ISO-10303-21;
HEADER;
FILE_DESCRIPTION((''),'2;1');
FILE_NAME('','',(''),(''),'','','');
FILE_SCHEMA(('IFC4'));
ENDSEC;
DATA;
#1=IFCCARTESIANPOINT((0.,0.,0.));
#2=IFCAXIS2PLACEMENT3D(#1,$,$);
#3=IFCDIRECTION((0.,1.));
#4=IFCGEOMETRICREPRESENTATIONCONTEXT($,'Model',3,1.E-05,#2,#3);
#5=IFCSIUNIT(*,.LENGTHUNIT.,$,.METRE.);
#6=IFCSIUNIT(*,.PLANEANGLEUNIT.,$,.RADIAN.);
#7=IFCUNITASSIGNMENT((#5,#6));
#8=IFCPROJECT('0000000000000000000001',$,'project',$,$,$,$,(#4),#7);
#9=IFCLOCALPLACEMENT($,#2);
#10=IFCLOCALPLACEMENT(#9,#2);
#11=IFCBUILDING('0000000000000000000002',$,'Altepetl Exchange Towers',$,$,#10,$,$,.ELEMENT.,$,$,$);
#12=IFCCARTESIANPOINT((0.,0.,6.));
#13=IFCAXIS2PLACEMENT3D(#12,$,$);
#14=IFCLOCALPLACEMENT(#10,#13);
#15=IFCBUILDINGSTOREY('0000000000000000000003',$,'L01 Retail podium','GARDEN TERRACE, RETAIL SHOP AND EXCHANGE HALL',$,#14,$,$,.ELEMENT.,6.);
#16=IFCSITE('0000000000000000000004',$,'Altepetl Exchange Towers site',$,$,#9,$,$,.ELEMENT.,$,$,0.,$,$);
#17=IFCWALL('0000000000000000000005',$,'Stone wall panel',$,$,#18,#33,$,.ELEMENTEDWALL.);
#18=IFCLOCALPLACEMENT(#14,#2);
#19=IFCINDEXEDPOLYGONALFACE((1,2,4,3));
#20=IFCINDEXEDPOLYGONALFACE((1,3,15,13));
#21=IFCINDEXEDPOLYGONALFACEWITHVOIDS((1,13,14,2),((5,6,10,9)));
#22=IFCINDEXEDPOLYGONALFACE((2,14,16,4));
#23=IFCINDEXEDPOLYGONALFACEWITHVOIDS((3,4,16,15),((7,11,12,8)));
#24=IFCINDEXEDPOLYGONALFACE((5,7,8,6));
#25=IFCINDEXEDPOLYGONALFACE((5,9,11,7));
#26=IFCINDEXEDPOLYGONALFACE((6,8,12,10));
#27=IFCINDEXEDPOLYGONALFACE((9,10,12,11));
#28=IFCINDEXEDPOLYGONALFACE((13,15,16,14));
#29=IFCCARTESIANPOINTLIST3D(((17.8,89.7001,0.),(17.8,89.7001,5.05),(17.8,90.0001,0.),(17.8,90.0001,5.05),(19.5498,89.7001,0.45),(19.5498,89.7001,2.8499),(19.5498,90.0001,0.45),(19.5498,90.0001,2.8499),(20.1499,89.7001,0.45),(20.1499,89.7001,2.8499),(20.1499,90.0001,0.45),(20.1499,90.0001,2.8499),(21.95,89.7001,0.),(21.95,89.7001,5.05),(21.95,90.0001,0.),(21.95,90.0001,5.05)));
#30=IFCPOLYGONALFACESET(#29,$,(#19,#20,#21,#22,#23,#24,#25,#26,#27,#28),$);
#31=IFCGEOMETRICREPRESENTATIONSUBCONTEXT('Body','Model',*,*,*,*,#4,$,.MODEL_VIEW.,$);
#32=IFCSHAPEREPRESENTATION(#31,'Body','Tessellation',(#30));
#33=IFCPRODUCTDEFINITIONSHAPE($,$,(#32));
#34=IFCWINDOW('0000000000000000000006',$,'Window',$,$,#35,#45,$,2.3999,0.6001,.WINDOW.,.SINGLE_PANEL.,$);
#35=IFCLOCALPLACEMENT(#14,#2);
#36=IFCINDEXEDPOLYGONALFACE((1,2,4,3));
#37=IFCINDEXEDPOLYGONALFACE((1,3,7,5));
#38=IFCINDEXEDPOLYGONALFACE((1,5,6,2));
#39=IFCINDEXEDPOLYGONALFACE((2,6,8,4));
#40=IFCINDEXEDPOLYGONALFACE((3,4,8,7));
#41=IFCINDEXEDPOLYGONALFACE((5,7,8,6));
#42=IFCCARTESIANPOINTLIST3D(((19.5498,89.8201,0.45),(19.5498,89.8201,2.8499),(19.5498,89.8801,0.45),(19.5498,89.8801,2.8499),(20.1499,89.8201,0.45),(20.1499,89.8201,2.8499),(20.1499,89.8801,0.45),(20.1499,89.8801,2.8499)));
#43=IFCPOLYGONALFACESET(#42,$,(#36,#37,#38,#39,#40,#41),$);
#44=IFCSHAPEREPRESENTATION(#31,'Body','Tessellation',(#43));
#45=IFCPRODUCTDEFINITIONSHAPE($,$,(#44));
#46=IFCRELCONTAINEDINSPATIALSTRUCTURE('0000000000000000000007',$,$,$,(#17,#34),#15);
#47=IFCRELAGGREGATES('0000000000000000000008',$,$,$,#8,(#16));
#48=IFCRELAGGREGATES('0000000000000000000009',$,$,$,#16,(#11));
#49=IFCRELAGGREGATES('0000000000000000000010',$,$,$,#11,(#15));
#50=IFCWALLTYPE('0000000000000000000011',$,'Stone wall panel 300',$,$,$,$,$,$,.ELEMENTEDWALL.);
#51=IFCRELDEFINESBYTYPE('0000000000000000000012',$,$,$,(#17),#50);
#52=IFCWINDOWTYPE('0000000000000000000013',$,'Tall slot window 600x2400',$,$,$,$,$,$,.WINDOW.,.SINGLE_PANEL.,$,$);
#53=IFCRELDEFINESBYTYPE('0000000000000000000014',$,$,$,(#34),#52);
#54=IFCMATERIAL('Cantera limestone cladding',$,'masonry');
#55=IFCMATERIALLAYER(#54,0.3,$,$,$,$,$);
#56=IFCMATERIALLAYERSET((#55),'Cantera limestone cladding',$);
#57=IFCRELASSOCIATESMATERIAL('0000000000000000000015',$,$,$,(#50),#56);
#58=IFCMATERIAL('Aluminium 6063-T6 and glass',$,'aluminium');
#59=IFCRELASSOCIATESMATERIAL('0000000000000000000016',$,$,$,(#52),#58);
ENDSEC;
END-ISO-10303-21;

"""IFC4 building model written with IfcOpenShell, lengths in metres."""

from ifc_helpers import new_model, si_unit, direction, frame, frame_2d, origin, place, context, subcontext, project, spatial, rectangle, extrude, material, layer, layer_set, type_object, element, fill, save


model = new_model("IFC4")

# Units and contexts
model_context = context("Model", 3, precision=1e-05, world=origin(), true_north=direction((0.0, 1.0)))
body_context = subcontext(model_context, "Body", "Model", "MODEL_VIEW")
ifc_project = project(units=[si_unit("LENGTHUNIT", "METRE"), si_unit("PLANEANGLEUNIT", "RADIAN")], contexts=[model_context])

# Site, building, storey
site_placement = place(None, origin())
site = spatial("IfcSite", under=ifc_project, at=site_placement, Name="Altepetl Exchange Towers site", CompositionType="ELEMENT", RefElevation=0.0)
building_placement = place(site_placement, origin())
building = spatial("IfcBuilding", under=site, at=building_placement, Name="Altepetl Exchange Towers", CompositionType="ELEMENT")
storey_placement = place(building_placement, frame((0.0, 0.0, 6.0)))
storey = spatial("IfcBuildingStorey", under=building, at=storey_placement, Name="L01 Retail podium", Description="GARDEN TERRACE, RETAIL SHOP AND EXCHANGE HALL", CompositionType="ELEMENT", Elevation=6.0)

# Shared definitions
ifc_material_1 = material(Name="Aluminium 6063-T6 and glass", Category="aluminium")

# Wall, opening, window
ifc_material_2 = material(Name="Cantera limestone cladding", Category="masonry")
ifc_layer_1 = layer(ifc_material_2, 0.3)
ifc_layer_set_1 = layer_set([ifc_layer_1], Name="Cantera limestone cladding")
wall_type_1 = type_object("IfcWallType", Name="Stone wall panel 300", PredefinedType="ELEMENTEDWALL", material=ifc_layer_set_1)
window_type = type_object("IfcWindowType", Name="Tall slot window 600x2400", PartitioningType="SINGLE_PANEL", PredefinedType="WINDOW", material=ifc_material_1)
wall_1_placement = place(storey_placement, frame((21.95, 89.8501, 0.0), z_axis=(0.0, 0.0, 1.0), x_axis=(-1.0, 0.0, 0.0)))
wall_1 = element("IfcWall", 1, at=wall_1_placement, inside=storey, type_object=wall_type_1, Name="Stone wall panel", PredefinedType="ELEMENTEDWALL", context=body_context, shape_type="SweptSolid", body=[
    extrude(rectangle(XDim=4.1499, YDim=0.3, at=frame_2d((2.075, 0.0))), origin(), (0.0, 0.0, 1.0), 5.05),
])
opening_1_placement = place(wall_1_placement, frame((1.8, 0.0, 0.45)))
opening_1 = element("IfcOpeningElement", 2, at=opening_1_placement, cuts=wall_1, PredefinedType="OPENING", context=body_context, shape_type="SweptSolid", body=[
    extrude(rectangle(XDim=0.6001, YDim=2.3999, at=frame_2d((0.3, 1.2))), frame((0.0, 0.1602, 0.0), z_axis=(0.0, -1.0, 0.0), x_axis=(1.0, 0.0, 0.0)), (0.0, 0.0, 1.0), 0.3201),
])
window_1_placement = place(opening_1_placement, origin())
window_1 = element("IfcWindow", 3, at=window_1_placement, inside=storey, type_object=window_type, Name="Window", OverallHeight=2.3999, OverallWidth=0.6001, PartitioningType="SINGLE_PANEL", PredefinedType="WINDOW", context=body_context, shape_type="SweptSolid", body=[
    extrude(rectangle(XDim=0.6001, YDim=2.3999, at=frame_2d((0.3, 1.2))), frame((0.0, 0.03, 0.0), z_axis=(0.0, -1.0, 0.0), x_axis=(1.0, 0.0, 0.0)), (0.0, 0.0, 1.0), 0.0601),
])
fill(opening_1, window_1)

save(model, "model.ifc")
